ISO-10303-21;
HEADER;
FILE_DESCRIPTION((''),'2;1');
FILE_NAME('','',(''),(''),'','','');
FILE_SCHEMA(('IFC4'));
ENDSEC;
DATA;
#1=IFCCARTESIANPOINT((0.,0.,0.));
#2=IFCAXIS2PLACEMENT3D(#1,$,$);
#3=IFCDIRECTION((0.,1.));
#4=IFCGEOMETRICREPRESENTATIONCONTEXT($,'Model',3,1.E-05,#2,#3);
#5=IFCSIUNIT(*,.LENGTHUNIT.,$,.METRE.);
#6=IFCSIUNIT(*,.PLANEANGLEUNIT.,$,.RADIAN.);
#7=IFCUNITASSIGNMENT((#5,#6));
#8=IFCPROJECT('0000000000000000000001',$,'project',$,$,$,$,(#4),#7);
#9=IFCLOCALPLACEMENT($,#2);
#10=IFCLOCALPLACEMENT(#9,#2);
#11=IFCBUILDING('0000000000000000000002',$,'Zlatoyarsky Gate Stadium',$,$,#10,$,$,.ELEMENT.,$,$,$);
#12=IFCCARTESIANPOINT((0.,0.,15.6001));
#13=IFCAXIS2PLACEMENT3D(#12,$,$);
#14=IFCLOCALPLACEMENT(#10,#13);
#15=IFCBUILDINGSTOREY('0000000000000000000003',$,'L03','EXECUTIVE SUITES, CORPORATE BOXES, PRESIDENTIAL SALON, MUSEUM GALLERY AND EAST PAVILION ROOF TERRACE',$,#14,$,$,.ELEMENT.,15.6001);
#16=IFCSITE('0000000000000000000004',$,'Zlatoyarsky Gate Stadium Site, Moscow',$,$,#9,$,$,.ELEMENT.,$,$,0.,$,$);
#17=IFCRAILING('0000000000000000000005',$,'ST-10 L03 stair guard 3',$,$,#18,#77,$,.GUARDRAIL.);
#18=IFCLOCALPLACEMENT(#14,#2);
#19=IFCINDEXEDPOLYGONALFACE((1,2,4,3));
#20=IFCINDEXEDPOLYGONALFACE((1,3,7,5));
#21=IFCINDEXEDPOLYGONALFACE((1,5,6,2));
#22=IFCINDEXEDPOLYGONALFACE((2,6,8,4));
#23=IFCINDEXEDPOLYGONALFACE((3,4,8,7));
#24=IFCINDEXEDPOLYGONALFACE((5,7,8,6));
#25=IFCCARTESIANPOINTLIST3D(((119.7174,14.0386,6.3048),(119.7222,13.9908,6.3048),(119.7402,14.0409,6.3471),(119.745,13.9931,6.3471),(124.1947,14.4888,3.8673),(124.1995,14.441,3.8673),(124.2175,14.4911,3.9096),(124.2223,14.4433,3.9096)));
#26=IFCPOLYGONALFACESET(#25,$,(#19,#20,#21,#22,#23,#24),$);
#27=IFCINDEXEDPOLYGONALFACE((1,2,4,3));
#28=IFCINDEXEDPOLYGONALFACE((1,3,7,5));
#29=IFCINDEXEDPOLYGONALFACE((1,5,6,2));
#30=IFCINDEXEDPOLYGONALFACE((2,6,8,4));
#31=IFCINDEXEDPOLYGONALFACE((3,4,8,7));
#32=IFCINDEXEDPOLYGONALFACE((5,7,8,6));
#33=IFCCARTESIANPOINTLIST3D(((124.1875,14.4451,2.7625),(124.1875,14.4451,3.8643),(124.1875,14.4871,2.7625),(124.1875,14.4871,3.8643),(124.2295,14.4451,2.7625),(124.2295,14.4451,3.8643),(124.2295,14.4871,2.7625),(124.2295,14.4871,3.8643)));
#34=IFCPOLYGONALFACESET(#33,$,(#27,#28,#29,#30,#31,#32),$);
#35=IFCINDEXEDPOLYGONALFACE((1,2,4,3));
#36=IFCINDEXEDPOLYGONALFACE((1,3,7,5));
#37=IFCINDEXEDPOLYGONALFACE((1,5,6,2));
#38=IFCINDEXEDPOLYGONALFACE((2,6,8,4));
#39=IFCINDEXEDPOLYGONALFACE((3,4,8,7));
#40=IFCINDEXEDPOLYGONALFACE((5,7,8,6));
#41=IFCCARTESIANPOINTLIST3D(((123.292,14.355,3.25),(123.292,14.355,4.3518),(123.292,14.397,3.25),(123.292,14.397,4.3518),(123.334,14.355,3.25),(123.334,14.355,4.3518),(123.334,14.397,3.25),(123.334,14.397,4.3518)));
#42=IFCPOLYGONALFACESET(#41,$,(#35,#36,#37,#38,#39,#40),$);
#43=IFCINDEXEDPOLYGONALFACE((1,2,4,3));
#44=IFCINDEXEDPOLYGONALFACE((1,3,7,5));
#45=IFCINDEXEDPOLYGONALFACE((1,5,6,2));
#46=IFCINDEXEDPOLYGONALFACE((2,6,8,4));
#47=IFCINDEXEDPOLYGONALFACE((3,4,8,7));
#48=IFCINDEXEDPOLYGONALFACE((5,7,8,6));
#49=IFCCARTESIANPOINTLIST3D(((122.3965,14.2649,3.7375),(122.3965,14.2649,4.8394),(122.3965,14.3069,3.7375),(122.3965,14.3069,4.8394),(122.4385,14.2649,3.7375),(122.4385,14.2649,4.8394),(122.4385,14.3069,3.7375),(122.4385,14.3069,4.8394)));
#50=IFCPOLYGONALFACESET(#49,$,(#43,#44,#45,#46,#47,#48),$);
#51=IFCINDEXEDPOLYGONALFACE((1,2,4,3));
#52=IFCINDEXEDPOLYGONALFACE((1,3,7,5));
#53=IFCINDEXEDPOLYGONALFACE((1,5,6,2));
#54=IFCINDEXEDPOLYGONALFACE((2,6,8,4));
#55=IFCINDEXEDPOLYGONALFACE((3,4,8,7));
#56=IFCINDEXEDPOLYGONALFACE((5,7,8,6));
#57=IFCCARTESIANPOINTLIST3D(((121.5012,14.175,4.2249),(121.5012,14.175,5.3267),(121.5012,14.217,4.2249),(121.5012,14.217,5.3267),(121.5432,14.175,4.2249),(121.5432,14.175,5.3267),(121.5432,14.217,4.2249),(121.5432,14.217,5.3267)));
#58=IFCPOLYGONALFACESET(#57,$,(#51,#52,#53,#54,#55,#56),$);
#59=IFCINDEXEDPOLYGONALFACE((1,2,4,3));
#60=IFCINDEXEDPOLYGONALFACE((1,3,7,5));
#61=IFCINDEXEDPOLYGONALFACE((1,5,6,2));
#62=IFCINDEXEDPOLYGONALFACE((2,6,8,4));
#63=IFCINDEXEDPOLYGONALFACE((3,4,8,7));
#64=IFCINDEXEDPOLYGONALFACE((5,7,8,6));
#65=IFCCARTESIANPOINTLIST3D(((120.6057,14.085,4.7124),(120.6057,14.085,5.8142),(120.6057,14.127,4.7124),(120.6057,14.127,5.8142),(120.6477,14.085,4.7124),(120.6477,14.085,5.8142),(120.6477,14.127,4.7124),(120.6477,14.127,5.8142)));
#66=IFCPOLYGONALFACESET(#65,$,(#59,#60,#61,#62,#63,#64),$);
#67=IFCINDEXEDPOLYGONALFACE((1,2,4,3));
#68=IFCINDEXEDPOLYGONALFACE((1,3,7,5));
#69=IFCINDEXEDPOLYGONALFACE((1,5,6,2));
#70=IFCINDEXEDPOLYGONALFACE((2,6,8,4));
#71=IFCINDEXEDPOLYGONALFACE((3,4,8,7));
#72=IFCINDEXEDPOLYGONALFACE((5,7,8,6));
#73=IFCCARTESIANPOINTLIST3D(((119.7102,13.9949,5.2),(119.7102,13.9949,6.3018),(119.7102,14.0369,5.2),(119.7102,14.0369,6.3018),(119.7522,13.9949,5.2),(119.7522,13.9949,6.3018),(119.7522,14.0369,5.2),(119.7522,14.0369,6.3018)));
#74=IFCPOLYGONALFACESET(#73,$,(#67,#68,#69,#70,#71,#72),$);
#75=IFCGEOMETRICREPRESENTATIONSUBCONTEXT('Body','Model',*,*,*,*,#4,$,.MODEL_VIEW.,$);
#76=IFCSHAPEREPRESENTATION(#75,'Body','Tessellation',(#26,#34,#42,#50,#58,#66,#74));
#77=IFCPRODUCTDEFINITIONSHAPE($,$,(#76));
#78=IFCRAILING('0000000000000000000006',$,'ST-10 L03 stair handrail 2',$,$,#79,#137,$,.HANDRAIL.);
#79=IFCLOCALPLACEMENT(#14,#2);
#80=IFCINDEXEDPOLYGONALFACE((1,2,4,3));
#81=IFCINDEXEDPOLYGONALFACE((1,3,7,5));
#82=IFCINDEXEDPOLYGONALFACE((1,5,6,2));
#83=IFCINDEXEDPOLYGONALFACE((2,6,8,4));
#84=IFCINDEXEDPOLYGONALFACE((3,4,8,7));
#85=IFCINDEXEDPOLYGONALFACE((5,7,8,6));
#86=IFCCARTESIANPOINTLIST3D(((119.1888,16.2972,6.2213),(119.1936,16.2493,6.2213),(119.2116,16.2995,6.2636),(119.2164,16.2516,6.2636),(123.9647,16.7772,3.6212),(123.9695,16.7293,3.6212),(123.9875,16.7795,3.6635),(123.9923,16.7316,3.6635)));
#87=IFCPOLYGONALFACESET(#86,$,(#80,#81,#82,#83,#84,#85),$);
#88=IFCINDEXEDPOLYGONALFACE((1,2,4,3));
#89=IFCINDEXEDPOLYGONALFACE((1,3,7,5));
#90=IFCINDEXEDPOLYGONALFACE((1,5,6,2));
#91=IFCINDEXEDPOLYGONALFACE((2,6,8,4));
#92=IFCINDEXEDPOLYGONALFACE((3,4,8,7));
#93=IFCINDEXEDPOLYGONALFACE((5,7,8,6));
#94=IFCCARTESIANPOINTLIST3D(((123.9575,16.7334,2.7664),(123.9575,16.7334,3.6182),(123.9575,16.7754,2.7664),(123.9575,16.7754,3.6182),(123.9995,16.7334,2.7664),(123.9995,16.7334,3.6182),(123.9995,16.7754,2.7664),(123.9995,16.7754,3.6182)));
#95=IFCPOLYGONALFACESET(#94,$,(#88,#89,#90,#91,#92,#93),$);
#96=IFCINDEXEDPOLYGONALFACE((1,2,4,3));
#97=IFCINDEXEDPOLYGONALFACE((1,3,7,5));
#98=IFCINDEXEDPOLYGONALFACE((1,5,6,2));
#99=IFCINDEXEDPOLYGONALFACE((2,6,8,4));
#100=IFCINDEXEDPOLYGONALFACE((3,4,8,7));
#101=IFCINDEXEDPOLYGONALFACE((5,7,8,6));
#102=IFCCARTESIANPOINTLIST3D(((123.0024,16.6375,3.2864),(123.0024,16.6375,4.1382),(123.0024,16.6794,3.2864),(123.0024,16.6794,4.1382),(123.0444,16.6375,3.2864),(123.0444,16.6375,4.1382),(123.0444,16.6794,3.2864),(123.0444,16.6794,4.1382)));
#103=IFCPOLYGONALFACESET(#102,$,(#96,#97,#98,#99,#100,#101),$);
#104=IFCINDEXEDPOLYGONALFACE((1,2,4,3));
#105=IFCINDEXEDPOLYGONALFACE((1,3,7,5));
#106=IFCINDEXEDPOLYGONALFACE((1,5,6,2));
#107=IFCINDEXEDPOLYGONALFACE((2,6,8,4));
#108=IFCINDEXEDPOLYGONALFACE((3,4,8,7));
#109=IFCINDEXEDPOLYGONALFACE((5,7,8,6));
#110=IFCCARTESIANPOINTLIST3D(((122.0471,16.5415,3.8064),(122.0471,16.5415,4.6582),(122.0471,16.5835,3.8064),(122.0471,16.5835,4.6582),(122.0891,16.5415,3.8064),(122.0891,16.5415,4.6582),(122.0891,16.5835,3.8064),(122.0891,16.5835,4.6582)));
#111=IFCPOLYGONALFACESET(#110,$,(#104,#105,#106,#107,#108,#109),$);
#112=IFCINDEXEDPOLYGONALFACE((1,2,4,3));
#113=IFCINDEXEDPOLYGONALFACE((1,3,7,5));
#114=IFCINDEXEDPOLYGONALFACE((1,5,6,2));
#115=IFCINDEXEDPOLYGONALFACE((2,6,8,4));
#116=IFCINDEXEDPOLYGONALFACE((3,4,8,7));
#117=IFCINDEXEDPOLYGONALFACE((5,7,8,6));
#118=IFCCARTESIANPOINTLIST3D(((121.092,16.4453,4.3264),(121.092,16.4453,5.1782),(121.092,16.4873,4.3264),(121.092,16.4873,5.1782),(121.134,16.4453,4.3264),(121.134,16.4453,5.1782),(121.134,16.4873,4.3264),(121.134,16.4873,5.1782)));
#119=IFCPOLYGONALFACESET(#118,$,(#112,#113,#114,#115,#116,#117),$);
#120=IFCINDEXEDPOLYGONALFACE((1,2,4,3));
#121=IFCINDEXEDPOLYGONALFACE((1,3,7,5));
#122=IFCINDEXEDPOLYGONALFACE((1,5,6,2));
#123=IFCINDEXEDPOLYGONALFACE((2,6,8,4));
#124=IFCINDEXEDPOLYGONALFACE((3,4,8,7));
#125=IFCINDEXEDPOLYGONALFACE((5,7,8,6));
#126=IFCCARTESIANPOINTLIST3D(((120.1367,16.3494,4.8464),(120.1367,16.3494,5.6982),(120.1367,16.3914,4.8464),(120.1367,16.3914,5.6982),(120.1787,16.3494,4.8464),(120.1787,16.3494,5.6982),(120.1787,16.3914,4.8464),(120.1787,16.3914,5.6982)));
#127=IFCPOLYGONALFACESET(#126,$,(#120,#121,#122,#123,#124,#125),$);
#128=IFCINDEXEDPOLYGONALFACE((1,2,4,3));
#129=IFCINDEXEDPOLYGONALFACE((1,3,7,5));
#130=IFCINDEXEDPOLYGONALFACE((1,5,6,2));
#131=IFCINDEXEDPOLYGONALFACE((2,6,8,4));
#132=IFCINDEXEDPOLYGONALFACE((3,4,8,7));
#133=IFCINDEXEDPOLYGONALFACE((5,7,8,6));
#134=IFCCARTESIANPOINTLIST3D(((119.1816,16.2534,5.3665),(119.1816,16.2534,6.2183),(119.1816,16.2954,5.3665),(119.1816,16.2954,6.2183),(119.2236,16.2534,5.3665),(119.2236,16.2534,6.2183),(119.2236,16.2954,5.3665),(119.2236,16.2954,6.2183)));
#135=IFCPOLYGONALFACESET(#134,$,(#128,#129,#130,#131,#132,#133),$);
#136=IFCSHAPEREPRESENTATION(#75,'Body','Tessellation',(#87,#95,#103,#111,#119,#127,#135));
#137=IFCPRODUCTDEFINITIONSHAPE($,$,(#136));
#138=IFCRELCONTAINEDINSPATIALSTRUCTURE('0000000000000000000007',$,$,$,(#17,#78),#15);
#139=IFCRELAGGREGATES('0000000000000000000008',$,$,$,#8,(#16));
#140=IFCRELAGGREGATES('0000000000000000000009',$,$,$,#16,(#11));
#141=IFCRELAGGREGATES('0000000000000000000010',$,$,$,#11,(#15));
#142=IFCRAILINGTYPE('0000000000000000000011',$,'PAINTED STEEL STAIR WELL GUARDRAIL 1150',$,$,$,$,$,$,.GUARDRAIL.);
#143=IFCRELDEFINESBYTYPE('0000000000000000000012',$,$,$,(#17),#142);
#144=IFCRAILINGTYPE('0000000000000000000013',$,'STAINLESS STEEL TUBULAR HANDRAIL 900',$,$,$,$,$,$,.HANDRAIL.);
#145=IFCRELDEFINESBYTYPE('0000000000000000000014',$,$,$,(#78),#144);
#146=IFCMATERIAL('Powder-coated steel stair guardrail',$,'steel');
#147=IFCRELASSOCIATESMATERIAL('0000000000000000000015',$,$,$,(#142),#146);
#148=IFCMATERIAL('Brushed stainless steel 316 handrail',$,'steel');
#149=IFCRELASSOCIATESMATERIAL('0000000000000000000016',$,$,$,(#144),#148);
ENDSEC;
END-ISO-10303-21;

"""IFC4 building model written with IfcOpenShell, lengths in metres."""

from ifc_helpers import new_model, si_unit, direction, frame, origin, origin_2d, place, context, subcontext, project, spatial, rectangle, extrude, material, type_object, element, save


model = new_model("IFC4")

# Units and contexts
model_context = context("Model", 3, precision=1e-05, world=origin(), true_north=direction((0.0, 1.0)))
body_context = subcontext(model_context, "Body", "Model", "MODEL_VIEW")
ifc_project = project(units=[si_unit("LENGTHUNIT", "METRE"), si_unit("PLANEANGLEUNIT", "RADIAN")], contexts=[model_context])

# Site, building, storey
site_placement = place(None, origin())
site = spatial("IfcSite", under=ifc_project, at=site_placement, Name="Zlatoyarsky Gate Stadium Site, Moscow", CompositionType="ELEMENT", RefElevation=0.0)
building_placement = place(site_placement, origin())
building = spatial("IfcBuilding", under=site, at=building_placement, Name="Zlatoyarsky Gate Stadium", CompositionType="ELEMENT")
storey_placement = place(building_placement, frame((0.0, 0.0, 15.6001)))
storey = spatial("IfcBuildingStorey", under=building, at=storey_placement, Name="L03", Description="EXECUTIVE SUITES, CORPORATE BOXES, PRESIDENTIAL SALON, MUSEUM GALLERY AND EAST PAVILION ROOF TERRACE", CompositionType="ELEMENT", Elevation=15.6001)

# Railings
ifc_material_1 = material(Name="Powder-coated steel stair guardrail", Category="steel")
railing_type_1 = type_object("IfcRailingType", Name="PAINTED STEEL STAIR WELL GUARDRAIL 1150", PredefinedType="GUARDRAIL", material=ifc_material_1)
railing_1_placement = place(storey_placement, frame((124.2085, 14.4661, 2.7625)))
element("IfcRailing", 1, at=railing_1_placement, inside=storey, type_object=railing_type_1, Name="ST-10 L03 stair guard 3", PredefinedType="GUARDRAIL", context=body_context, shape_type="SweptSolid", body=[
    extrude(rectangle(XDim=0.0481, YDim=0.0481, at=origin_2d()), frame((0.0, 0.0, 1.126), z_axis=(-0.874875, -0.087969, 0.476294), x_axis=(0.100046, -0.994983, 0.0)), (0.0, 0.0, 1.0), 5.1177),
    extrude(rectangle(XDim=0.042, YDim=0.042, at=origin_2d()), origin(), (0.0, 0.0, 1.0), 1.1018),
    extrude(rectangle(XDim=0.042, YDim=0.042, at=origin_2d()), frame((-0.8955, -0.0901, 0.4875)), (0.0, 0.0, 1.0), 1.1018),
    extrude(rectangle(XDim=0.042, YDim=0.042, at=origin_2d()), frame((-1.791, -0.1802, 0.9751)), (0.0, 0.0, 1.0), 1.1018),
    extrude(rectangle(XDim=0.042, YDim=0.042, at=origin_2d()), frame((-2.6863, -0.27, 1.4624)), (0.0, 0.0, 1.0), 1.1018),
    extrude(rectangle(XDim=0.042, YDim=0.042, at=origin_2d()), frame((-3.5818, -0.3601, 1.95)), (0.0, 0.0, 1.0), 1.1018),
    extrude(rectangle(XDim=0.042, YDim=0.042, at=origin_2d()), frame((-4.4773, -0.4502, 2.4375)), (0.0, 0.0, 1.0), 1.1018),
])
ifc_material_2 = material(Name="Brushed stainless steel 316 handrail", Category="steel")
railing_type_2 = type_object("IfcRailingType", Name="STAINLESS STEEL TUBULAR HANDRAIL 900", PredefinedType="HANDRAIL", material=ifc_material_2)
railing_2_placement = place(storey_placement, frame((123.9785, 16.7544, 2.7664)))
element("IfcRailing", 2, at=railing_2_placement, inside=storey, type_object=railing_type_2, Name="ST-10 L03 stair handrail 2", PredefinedType="HANDRAIL", context=body_context, shape_type="SweptSolid", body=[
    extrude(rectangle(XDim=0.0481, YDim=0.0481, at=origin_2d()), frame((0.0, 0.0, 0.876), z_axis=(-0.874875, -0.087926, 0.476302), x_axis=(0.099997, -0.994988, 0.0)), (0.0, 0.0, 1.0), 5.459),
    extrude(rectangle(XDim=0.042, YDim=0.042, at=origin_2d()), origin(), (0.0, 0.0, 1.0), 0.8518),
    extrude(rectangle(XDim=0.042, YDim=0.042, at=origin_2d()), frame((-0.9551, -0.0959, 0.52)), (0.0, 0.0, 1.0), 0.8518),
    extrude(rectangle(XDim=0.042, YDim=0.042, at=origin_2d()), frame((-1.9104, -0.1919, 1.04)), (0.0, 0.0, 1.0), 0.8518),
    extrude(rectangle(XDim=0.042, YDim=0.042, at=origin_2d()), frame((-2.8655, -0.2881, 1.5601)), (0.0, 0.0, 1.0), 0.8518),
    extrude(rectangle(XDim=0.042, YDim=0.042, at=origin_2d()), frame((-3.8208, -0.384, 2.0801)), (0.0, 0.0, 1.0), 0.8518),
    extrude(rectangle(XDim=0.042, YDim=0.042, at=origin_2d()), frame((-4.7759, -0.48, 2.6001)), (0.0, 0.0, 1.0), 0.8518),
])

save(model, "model.ifc")
